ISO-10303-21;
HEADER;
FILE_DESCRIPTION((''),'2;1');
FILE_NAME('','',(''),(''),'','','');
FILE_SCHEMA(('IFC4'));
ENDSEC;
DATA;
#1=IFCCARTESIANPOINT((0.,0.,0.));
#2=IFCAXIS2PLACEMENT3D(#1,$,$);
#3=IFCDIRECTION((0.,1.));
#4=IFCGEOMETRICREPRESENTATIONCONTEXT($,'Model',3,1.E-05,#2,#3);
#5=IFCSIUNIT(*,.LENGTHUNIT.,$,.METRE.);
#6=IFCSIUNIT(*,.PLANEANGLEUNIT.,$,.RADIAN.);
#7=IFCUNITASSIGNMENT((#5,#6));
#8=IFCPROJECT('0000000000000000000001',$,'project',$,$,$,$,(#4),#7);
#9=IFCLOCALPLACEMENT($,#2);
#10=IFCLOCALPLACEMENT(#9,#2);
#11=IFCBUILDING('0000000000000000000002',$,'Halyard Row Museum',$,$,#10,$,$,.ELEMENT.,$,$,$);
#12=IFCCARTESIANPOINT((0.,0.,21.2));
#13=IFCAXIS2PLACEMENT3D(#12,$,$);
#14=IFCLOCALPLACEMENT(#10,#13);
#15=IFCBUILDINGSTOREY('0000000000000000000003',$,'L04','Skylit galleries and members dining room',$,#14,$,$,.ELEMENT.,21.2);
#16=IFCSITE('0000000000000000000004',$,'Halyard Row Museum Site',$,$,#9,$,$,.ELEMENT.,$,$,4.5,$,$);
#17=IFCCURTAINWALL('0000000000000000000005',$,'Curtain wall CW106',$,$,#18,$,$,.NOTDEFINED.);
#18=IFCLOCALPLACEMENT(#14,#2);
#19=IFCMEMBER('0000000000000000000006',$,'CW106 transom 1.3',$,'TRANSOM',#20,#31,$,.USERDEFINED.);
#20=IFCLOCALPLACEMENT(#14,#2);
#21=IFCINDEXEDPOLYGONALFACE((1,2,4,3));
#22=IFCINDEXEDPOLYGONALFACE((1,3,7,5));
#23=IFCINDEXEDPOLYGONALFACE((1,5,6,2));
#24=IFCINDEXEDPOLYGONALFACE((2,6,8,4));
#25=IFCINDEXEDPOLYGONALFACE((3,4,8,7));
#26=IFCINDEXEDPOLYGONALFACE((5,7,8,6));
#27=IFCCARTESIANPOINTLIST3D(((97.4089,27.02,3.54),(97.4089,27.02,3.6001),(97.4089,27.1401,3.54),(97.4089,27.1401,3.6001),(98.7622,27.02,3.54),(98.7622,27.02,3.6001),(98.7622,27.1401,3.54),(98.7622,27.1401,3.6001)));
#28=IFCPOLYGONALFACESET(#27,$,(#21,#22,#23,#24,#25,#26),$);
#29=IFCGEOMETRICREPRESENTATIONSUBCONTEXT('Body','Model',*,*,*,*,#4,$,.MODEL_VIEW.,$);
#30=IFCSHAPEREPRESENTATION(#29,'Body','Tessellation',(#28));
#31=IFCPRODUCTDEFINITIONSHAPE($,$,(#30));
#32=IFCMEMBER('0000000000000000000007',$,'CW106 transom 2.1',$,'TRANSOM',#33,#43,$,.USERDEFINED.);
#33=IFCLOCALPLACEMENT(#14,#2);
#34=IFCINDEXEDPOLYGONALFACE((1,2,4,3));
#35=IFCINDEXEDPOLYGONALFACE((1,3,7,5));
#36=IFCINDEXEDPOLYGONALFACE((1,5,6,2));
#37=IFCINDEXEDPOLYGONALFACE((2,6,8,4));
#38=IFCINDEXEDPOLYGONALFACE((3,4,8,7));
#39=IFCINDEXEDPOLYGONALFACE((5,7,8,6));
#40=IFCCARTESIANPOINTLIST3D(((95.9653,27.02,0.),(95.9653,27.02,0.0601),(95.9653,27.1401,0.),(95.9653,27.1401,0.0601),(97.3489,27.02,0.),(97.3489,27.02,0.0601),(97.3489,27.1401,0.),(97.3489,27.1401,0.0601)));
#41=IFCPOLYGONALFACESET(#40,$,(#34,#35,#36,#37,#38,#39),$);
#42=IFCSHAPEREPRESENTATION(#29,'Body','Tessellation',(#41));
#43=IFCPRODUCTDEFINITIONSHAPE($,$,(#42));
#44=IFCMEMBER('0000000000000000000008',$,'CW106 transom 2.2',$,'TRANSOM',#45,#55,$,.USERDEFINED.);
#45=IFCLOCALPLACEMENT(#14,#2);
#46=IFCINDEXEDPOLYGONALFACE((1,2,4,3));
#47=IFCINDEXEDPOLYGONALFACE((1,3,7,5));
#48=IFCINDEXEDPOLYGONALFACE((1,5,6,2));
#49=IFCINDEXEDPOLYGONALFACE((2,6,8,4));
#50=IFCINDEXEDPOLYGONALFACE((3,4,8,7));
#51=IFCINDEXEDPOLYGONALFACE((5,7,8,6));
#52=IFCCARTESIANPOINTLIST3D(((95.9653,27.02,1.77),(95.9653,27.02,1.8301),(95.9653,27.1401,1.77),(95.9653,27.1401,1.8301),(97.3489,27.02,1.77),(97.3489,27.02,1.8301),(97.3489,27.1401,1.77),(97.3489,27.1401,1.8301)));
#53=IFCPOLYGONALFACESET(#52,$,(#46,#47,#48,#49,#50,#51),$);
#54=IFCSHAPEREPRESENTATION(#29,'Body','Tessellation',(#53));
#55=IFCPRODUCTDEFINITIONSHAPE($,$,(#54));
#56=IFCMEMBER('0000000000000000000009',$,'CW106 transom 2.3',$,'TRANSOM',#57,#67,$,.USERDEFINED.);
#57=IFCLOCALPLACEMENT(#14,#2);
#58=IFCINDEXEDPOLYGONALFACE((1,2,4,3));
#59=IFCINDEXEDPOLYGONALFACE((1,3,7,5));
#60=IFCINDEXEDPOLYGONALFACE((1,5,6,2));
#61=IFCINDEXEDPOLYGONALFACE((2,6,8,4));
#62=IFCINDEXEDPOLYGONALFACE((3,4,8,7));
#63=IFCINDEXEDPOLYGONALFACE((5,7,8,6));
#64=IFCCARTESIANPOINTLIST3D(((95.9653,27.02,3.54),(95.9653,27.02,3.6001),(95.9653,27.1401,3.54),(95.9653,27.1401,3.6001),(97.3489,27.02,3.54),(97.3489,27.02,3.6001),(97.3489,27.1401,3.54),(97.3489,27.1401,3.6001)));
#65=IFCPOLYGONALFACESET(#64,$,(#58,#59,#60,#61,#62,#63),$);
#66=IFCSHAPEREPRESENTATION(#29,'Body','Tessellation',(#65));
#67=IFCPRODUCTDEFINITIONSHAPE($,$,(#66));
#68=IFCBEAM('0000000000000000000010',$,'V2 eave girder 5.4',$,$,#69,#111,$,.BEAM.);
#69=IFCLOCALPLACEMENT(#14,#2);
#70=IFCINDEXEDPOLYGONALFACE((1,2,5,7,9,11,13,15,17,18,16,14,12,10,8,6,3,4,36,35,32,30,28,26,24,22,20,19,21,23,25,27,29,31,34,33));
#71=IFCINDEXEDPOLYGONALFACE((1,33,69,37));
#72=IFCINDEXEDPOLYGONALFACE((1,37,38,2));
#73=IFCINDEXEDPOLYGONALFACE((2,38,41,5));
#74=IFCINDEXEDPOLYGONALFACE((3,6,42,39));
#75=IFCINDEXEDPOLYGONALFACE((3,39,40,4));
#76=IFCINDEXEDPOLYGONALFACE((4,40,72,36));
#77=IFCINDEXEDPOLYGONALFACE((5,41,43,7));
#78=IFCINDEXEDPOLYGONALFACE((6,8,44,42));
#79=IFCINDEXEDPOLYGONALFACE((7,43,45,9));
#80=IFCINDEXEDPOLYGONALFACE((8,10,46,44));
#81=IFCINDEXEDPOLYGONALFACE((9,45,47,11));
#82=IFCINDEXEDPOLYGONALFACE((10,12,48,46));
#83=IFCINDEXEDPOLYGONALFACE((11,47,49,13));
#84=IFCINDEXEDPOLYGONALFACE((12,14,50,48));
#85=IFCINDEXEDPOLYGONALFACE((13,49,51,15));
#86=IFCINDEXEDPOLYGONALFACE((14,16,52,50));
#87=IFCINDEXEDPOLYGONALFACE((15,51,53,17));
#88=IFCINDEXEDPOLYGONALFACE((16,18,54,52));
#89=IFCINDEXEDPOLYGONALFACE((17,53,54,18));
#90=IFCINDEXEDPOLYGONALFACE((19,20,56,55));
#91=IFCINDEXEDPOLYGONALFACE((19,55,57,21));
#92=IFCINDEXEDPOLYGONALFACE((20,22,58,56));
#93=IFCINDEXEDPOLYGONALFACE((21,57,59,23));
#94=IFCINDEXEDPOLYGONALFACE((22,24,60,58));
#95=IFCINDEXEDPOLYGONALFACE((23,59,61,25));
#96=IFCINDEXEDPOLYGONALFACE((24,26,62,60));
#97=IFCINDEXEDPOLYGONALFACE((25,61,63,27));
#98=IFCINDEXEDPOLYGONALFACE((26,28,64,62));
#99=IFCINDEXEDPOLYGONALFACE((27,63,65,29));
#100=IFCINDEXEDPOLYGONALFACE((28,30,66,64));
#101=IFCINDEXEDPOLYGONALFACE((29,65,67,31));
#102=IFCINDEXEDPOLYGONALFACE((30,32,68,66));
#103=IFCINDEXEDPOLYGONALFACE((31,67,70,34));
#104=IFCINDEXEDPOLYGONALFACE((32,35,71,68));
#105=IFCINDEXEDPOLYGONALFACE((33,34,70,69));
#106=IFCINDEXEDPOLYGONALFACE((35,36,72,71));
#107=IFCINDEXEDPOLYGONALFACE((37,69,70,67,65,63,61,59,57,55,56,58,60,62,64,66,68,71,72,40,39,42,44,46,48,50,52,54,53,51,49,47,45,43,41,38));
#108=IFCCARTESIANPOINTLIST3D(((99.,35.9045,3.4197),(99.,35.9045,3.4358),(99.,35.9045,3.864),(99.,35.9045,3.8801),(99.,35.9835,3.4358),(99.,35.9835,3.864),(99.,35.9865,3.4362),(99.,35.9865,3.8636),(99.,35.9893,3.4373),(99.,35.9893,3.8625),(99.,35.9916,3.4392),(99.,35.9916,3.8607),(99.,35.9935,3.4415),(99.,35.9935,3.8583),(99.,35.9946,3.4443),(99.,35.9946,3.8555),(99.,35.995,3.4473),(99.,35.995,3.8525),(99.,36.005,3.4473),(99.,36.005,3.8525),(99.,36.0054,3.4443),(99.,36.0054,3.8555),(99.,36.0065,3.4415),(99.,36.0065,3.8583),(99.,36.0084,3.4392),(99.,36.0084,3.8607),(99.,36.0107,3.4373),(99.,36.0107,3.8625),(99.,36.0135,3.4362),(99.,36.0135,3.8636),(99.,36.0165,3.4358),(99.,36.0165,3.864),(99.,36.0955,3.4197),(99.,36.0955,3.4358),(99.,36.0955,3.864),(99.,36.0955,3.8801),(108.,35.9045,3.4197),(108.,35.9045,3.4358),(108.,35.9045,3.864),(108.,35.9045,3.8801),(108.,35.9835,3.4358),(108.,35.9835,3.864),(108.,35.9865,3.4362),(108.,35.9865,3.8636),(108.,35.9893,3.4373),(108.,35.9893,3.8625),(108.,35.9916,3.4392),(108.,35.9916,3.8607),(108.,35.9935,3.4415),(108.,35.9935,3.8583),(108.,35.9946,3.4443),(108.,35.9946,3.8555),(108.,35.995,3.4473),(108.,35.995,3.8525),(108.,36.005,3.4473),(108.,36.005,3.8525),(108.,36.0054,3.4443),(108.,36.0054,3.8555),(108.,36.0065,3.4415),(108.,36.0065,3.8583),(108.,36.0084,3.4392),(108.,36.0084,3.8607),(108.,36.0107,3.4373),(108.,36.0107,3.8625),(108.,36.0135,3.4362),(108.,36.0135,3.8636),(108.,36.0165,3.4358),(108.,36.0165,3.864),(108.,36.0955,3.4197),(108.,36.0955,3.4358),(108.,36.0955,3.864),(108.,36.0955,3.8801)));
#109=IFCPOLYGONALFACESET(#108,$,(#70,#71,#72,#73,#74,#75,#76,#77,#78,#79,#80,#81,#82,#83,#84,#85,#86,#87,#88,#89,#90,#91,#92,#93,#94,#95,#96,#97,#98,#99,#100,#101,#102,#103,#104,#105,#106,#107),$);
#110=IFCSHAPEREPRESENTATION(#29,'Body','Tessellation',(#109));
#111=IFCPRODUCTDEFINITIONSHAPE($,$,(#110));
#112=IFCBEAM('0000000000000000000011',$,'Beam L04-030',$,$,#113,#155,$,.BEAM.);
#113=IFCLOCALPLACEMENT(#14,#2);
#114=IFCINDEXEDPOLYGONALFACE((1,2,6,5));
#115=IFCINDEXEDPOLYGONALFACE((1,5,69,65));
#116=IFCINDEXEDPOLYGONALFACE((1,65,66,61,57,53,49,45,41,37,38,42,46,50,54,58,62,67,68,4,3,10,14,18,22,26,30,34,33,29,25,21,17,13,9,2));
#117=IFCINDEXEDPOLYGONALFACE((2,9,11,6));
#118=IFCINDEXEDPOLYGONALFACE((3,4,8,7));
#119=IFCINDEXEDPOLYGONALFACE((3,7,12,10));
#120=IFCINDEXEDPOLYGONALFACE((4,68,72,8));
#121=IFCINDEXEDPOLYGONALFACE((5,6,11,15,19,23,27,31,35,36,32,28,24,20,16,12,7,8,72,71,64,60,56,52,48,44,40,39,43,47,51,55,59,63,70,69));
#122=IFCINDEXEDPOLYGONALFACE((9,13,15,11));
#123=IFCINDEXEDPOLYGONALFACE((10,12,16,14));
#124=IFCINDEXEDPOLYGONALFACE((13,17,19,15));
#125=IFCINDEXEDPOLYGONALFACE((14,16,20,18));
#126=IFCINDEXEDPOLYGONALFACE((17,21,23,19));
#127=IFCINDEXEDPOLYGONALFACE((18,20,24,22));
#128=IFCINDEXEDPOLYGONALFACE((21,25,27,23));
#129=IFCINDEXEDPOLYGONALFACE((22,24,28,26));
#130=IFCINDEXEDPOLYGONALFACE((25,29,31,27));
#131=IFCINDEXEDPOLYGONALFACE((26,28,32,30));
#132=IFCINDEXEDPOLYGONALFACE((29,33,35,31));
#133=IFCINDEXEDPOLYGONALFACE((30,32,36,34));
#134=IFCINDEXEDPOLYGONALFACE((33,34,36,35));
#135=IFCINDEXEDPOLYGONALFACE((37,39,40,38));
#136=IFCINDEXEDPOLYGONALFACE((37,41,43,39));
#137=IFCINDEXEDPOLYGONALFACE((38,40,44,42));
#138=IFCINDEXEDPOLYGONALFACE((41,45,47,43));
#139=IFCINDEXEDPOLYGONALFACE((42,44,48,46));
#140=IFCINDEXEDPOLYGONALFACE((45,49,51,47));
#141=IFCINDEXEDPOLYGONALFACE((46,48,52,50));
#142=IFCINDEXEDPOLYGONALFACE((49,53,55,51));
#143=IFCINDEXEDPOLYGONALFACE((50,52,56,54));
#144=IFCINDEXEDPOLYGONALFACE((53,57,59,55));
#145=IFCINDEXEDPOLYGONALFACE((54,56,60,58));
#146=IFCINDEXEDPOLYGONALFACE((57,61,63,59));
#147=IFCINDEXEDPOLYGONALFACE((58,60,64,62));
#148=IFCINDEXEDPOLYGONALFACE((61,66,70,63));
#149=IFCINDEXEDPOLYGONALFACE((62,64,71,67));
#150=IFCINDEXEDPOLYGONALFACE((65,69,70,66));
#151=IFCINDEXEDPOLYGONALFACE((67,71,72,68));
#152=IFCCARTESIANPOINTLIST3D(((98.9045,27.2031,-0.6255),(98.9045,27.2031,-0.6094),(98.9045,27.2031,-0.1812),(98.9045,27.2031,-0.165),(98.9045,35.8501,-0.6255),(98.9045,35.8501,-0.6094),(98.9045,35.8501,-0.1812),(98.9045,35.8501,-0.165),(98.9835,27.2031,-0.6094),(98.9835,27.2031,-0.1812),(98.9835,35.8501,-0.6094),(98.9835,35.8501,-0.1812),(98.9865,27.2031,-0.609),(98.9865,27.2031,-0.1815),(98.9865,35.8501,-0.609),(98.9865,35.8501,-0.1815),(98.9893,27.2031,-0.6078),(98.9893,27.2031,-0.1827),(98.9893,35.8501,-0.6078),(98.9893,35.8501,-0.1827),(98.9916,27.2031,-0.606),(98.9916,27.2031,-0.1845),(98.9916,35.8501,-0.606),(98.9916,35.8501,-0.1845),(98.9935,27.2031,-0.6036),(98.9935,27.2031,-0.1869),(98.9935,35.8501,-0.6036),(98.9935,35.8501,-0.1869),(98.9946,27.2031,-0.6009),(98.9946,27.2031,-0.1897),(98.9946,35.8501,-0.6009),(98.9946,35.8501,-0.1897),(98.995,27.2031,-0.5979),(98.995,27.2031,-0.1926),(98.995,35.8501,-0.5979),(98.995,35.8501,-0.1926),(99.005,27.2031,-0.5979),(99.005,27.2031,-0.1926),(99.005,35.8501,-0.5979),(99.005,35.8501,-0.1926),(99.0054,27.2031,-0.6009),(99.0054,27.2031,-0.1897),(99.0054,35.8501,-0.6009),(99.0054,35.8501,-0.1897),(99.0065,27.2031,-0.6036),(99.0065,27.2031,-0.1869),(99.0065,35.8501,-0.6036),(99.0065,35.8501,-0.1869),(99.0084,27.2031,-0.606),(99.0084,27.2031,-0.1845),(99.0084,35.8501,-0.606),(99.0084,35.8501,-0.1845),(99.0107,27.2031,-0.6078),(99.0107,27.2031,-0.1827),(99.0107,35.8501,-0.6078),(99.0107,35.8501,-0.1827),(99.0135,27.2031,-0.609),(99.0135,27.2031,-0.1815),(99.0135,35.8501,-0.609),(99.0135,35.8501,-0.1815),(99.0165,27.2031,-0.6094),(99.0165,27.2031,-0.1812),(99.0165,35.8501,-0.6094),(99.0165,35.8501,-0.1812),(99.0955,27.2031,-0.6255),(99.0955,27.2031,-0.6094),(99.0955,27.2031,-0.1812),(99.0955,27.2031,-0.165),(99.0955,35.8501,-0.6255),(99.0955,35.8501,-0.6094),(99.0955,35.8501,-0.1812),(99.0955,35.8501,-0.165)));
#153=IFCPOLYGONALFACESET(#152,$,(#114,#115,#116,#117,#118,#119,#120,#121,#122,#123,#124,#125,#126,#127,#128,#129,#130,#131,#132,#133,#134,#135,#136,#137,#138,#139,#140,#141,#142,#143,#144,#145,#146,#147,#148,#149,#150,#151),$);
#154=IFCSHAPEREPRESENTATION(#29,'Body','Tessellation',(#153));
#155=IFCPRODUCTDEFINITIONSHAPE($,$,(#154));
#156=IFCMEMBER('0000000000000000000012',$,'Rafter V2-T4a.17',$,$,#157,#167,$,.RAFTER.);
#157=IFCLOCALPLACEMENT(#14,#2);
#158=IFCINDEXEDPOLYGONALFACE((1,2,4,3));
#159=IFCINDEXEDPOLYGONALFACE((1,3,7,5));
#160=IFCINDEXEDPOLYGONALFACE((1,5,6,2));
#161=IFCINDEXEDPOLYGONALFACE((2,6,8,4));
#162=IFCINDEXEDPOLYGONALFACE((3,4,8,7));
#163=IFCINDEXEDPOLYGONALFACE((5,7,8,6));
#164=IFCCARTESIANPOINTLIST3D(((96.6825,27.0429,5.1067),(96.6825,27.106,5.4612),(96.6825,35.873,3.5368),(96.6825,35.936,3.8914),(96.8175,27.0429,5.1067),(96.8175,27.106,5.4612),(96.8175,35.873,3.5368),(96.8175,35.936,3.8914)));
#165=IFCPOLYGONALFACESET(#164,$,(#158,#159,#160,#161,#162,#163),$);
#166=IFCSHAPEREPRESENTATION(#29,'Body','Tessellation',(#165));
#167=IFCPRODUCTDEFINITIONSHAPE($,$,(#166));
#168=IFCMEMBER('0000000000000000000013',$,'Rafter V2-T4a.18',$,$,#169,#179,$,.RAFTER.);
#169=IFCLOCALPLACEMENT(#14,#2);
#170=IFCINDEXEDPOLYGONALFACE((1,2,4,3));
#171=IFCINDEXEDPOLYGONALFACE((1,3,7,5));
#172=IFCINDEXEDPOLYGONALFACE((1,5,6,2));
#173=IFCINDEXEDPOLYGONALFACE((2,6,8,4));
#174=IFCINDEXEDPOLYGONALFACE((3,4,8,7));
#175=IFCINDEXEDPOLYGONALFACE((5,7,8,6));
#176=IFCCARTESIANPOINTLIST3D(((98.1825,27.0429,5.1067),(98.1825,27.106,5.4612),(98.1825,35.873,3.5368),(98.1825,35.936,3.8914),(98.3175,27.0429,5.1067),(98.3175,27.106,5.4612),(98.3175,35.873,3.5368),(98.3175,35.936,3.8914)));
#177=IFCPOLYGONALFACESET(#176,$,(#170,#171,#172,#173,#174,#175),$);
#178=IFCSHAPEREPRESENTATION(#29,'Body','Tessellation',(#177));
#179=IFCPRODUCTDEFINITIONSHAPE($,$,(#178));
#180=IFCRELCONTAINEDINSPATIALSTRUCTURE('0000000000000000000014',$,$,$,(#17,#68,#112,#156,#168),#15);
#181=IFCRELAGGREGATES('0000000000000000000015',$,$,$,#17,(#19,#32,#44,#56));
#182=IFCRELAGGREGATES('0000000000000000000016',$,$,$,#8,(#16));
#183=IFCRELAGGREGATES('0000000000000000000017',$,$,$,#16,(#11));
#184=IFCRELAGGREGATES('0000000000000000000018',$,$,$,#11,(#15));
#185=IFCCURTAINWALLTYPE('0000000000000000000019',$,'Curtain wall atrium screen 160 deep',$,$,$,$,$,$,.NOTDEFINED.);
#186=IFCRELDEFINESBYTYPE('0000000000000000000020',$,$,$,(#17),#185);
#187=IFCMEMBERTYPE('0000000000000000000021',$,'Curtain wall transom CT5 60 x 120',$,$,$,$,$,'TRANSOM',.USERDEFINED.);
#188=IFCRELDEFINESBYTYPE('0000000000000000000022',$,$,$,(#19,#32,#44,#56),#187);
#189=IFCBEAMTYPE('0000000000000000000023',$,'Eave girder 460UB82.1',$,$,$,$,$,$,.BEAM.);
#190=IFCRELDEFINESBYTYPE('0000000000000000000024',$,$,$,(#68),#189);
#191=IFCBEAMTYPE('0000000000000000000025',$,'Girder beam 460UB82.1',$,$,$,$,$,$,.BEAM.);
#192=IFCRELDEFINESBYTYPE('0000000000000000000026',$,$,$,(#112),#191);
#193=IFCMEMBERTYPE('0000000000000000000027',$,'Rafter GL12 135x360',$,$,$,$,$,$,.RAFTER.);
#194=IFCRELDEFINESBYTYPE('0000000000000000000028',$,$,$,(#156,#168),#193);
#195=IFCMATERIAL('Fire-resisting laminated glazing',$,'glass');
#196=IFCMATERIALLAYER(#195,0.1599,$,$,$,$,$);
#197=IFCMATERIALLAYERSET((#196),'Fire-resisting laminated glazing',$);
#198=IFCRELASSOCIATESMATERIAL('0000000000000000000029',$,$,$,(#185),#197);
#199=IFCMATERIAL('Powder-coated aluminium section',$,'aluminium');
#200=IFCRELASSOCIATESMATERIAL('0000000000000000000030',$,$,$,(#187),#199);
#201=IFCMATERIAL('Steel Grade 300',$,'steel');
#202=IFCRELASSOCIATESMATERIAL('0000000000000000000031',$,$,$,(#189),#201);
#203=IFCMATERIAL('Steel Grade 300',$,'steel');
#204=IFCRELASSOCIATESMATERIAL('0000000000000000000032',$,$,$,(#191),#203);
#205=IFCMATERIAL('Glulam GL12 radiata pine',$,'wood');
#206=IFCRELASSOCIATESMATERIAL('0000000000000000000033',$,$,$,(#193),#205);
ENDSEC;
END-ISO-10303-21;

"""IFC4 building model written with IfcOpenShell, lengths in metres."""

from ifc_helpers import new_model, si_unit, direction, frame, origin, origin_2d, place, context, subcontext, project, spatial, rectangle, i_section, extrude, material, layer, layer_set, material_profile, profile_set, type_object, element, aggregate, save


model = new_model("IFC4")

# Units and contexts
model_context = context("Model", 3, precision=1e-05, world=origin(), true_north=direction((0.0, 1.0)))
body_context = subcontext(model_context, "Body", "Model", "MODEL_VIEW")
ifc_project = project(units=[si_unit("LENGTHUNIT", "METRE"), si_unit("PLANEANGLEUNIT", "RADIAN")], contexts=[model_context])

# Site, building, storey
site_placement = place(None, origin())
site = spatial("IfcSite", under=ifc_project, at=site_placement, Name="Halyard Row Museum Site", CompositionType="ELEMENT", RefElevation=4.5)
building_placement = place(site_placement, origin())
building = spatial("IfcBuilding", under=site, at=building_placement, Name="Halyard Row Museum", CompositionType="ELEMENT")
storey_placement = place(building_placement, frame((0.0, 0.0, 21.2)))
storey = spatial("IfcBuildingStorey", under=building, at=storey_placement, Name="L04", Description="Skylit galleries and members dining room", CompositionType="ELEMENT", Elevation=21.2)

# Shared definitions
ifc_material_1 = material(Name="Fire-resisting laminated glazing", Category="glass")
ifc_layer_1 = layer(ifc_material_1, 0.1599)
ifc_layer_set_1 = layer_set([ifc_layer_1], Name="Fire-resisting laminated glazing")
curtain_wall_type_1 = type_object("IfcCurtainWallType", Name="Curtain wall atrium screen 160 deep", PredefinedType="NOTDEFINED", material=ifc_layer_set_1)

# Curtain wall
curtain_wall_1_placement = place(storey_placement, origin())
curtain_wall_1 = element("IfcCurtainWall", 1, at=curtain_wall_1_placement, inside=storey, type_object=curtain_wall_type_1, Name="Curtain wall CW106", PredefinedType="NOTDEFINED")

# Members
ifc_material_2 = material(Name="Powder-coated aluminium section", Category="aluminium")
ifc_material_profile_1 = material_profile(ifc_material_2, rectangle(XDim=0.1201, YDim=0.0601, at=origin_2d()), Name="120x60 transom")
ifc_profile_set_1 = profile_set([ifc_material_profile_1], Name="Powder-coated aluminium section")
member_type_1 = type_object("IfcMemberType", Name="Curtain wall transom CT5 60 x 120", ElementType="TRANSOM", PredefinedType="USERDEFINED", material=ifc_profile_set_1)
member_1_placement = place(storey_placement, frame((98.7622, 27.0801, 3.5701), z_axis=(-1.0, 0.0, 0.0), x_axis=(0.0, -1.0, 0.0)))
member_1 = element("IfcMember", 2, at=member_1_placement, type_object=member_type_1, Name="CW106 transom 1.3", ObjectType="TRANSOM", PredefinedType="USERDEFINED", context=body_context, shape_type="SweptSolid", body=[
    extrude(rectangle(XDim=0.1201, YDim=0.0601, at=origin_2d()), origin(), (0.0, 0.0, 1.0), 1.3533),
])
member_2_placement = place(storey_placement, frame((97.3489, 27.0801, 0.03), z_axis=(-1.0, 0.0, 0.0), x_axis=(0.0, -1.0, 0.0)))
member_2 = element("IfcMember", 3, at=member_2_placement, type_object=member_type_1, Name="CW106 transom 2.1", ObjectType="TRANSOM", PredefinedType="USERDEFINED", context=body_context, shape_type="SweptSolid", body=[
    extrude(rectangle(XDim=0.1201, YDim=0.0601, at=origin_2d()), origin(), (0.0, 0.0, 1.0), 1.3835),
])
member_3_placement = place(storey_placement, frame((97.3489, 27.0801, 1.8), z_axis=(-1.0, 0.0, 0.0), x_axis=(0.0, -1.0, 0.0)))
member_3 = element("IfcMember", 4, at=member_3_placement, type_object=member_type_1, Name="CW106 transom 2.2", ObjectType="TRANSOM", PredefinedType="USERDEFINED", context=body_context, shape_type="SweptSolid", body=[
    extrude(rectangle(XDim=0.1201, YDim=0.0601, at=origin_2d()), origin(), (0.0, 0.0, 1.0), 1.3835),
])
member_4_placement = place(storey_placement, frame((97.3489, 27.0801, 3.5701), z_axis=(-1.0, 0.0, 0.0), x_axis=(0.0, -1.0, 0.0)))
member_4 = element("IfcMember", 5, at=member_4_placement, type_object=member_type_1, Name="CW106 transom 2.3", ObjectType="TRANSOM", PredefinedType="USERDEFINED", context=body_context, shape_type="SweptSolid", body=[
    extrude(rectangle(XDim=0.1201, YDim=0.0601, at=origin_2d()), origin(), (0.0, 0.0, 1.0), 1.3835),
])

# Beams
ifc_material_3 = material(Name="Steel Grade 300", Category="steel")
ifc_material_profile_2 = material_profile(ifc_material_3, i_section(OverallWidth=0.1909, OverallDepth=0.4604, WebThickness=0.01, FlangeThickness=0.0161, FilletRadius=0.0115, at=origin_2d()), Name="460UB82.1")
ifc_profile_set_2 = profile_set([ifc_material_profile_2], Name="Steel Grade 300")
beam_type_1 = type_object("IfcBeamType", Name="Eave girder 460UB82.1", PredefinedType="BEAM", material=ifc_profile_set_2)
beam_1_placement = place(storey_placement, frame((99.0, 36.0, 3.6499), z_axis=(1.0, 0.0, 0.0), x_axis=(0.0, 1.0, 0.0)))
element("IfcBeam", 6, at=beam_1_placement, inside=storey, type_object=beam_type_1, Name="V2 eave girder 5.4", PredefinedType="BEAM", context=body_context, shape_type="SweptSolid", body=[
    extrude(i_section(OverallWidth=0.1909, OverallDepth=0.4604, WebThickness=0.01, FlangeThickness=0.0161, FilletRadius=0.0115, at=origin_2d()), origin(), (0.0, 0.0, 1.0), 9.0),
])
ifc_material_4 = material(Name="Steel Grade 300", Category="steel")
ifc_material_profile_3 = material_profile(ifc_material_4, i_section(OverallWidth=0.1909, OverallDepth=0.4604, WebThickness=0.01, FlangeThickness=0.0161, FilletRadius=0.0115, at=origin_2d()), Name="460UB82.1")
ifc_profile_set_3 = profile_set([ifc_material_profile_3], Name="Steel Grade 300")
beam_type_2 = type_object("IfcBeamType", Name="Girder beam 460UB82.1", PredefinedType="BEAM", material=ifc_profile_set_3)
beam_2_placement = place(storey_placement, frame((99.0, 27.2031, -0.3953), z_axis=(0.0, 1.0, 0.0), x_axis=(-1.0, 0.0, 0.0)))
element("IfcBeam", 7, at=beam_2_placement, inside=storey, type_object=beam_type_2, Name="Beam L04-030", PredefinedType="BEAM", context=body_context, shape_type="SweptSolid", body=[
    extrude(i_section(OverallWidth=0.1909, OverallDepth=0.4604, WebThickness=0.01, FlangeThickness=0.0161, FilletRadius=0.0115, at=origin_2d()), origin(), (0.0, 0.0, 1.0), 8.647),
])

# Members
ifc_material_5 = material(Name="Glulam GL12 radiata pine", Category="wood")
ifc_material_profile_4 = material_profile(ifc_material_5, rectangle(XDim=0.135, YDim=0.3601, at=origin_2d()), Name="GL12 135x360")
ifc_profile_set_4 = profile_set([ifc_material_profile_4], Name="Glulam GL12 radiata pine")
member_type_2 = type_object("IfcMemberType", Name="Rafter GL12 135x360", PredefinedType="RAFTER", material=ifc_profile_set_4)
for number, where, z_axis, x_axis, name in (
    (8, (96.75, 27.0745, 5.2839), (0.0, 0.984562, -0.175037), (-1.0, 0.0, 0.0), "Rafter V2-T4a.17"),
    (9, (98.25, 27.0745, 5.2839), (0.0, 0.984562, -0.175037), (-1.0, 0.0, 0.0), "Rafter V2-T4a.18"),
):
    element("IfcMember", number, at=place(storey_placement, frame(where, z_axis=z_axis, x_axis=x_axis)), inside=storey, type_object=member_type_2, Name=name, PredefinedType="RAFTER", context=body_context, shape_type="SweptSolid", body=[
        extrude(rectangle(XDim=0.135, YDim=0.3601, at=origin_2d()), origin(), (0.0, 0.0, 1.0), 8.9685),
    ])

aggregate(curtain_wall_1, [member_1, member_2, member_3, member_4])

save(model, "model.ifc")
